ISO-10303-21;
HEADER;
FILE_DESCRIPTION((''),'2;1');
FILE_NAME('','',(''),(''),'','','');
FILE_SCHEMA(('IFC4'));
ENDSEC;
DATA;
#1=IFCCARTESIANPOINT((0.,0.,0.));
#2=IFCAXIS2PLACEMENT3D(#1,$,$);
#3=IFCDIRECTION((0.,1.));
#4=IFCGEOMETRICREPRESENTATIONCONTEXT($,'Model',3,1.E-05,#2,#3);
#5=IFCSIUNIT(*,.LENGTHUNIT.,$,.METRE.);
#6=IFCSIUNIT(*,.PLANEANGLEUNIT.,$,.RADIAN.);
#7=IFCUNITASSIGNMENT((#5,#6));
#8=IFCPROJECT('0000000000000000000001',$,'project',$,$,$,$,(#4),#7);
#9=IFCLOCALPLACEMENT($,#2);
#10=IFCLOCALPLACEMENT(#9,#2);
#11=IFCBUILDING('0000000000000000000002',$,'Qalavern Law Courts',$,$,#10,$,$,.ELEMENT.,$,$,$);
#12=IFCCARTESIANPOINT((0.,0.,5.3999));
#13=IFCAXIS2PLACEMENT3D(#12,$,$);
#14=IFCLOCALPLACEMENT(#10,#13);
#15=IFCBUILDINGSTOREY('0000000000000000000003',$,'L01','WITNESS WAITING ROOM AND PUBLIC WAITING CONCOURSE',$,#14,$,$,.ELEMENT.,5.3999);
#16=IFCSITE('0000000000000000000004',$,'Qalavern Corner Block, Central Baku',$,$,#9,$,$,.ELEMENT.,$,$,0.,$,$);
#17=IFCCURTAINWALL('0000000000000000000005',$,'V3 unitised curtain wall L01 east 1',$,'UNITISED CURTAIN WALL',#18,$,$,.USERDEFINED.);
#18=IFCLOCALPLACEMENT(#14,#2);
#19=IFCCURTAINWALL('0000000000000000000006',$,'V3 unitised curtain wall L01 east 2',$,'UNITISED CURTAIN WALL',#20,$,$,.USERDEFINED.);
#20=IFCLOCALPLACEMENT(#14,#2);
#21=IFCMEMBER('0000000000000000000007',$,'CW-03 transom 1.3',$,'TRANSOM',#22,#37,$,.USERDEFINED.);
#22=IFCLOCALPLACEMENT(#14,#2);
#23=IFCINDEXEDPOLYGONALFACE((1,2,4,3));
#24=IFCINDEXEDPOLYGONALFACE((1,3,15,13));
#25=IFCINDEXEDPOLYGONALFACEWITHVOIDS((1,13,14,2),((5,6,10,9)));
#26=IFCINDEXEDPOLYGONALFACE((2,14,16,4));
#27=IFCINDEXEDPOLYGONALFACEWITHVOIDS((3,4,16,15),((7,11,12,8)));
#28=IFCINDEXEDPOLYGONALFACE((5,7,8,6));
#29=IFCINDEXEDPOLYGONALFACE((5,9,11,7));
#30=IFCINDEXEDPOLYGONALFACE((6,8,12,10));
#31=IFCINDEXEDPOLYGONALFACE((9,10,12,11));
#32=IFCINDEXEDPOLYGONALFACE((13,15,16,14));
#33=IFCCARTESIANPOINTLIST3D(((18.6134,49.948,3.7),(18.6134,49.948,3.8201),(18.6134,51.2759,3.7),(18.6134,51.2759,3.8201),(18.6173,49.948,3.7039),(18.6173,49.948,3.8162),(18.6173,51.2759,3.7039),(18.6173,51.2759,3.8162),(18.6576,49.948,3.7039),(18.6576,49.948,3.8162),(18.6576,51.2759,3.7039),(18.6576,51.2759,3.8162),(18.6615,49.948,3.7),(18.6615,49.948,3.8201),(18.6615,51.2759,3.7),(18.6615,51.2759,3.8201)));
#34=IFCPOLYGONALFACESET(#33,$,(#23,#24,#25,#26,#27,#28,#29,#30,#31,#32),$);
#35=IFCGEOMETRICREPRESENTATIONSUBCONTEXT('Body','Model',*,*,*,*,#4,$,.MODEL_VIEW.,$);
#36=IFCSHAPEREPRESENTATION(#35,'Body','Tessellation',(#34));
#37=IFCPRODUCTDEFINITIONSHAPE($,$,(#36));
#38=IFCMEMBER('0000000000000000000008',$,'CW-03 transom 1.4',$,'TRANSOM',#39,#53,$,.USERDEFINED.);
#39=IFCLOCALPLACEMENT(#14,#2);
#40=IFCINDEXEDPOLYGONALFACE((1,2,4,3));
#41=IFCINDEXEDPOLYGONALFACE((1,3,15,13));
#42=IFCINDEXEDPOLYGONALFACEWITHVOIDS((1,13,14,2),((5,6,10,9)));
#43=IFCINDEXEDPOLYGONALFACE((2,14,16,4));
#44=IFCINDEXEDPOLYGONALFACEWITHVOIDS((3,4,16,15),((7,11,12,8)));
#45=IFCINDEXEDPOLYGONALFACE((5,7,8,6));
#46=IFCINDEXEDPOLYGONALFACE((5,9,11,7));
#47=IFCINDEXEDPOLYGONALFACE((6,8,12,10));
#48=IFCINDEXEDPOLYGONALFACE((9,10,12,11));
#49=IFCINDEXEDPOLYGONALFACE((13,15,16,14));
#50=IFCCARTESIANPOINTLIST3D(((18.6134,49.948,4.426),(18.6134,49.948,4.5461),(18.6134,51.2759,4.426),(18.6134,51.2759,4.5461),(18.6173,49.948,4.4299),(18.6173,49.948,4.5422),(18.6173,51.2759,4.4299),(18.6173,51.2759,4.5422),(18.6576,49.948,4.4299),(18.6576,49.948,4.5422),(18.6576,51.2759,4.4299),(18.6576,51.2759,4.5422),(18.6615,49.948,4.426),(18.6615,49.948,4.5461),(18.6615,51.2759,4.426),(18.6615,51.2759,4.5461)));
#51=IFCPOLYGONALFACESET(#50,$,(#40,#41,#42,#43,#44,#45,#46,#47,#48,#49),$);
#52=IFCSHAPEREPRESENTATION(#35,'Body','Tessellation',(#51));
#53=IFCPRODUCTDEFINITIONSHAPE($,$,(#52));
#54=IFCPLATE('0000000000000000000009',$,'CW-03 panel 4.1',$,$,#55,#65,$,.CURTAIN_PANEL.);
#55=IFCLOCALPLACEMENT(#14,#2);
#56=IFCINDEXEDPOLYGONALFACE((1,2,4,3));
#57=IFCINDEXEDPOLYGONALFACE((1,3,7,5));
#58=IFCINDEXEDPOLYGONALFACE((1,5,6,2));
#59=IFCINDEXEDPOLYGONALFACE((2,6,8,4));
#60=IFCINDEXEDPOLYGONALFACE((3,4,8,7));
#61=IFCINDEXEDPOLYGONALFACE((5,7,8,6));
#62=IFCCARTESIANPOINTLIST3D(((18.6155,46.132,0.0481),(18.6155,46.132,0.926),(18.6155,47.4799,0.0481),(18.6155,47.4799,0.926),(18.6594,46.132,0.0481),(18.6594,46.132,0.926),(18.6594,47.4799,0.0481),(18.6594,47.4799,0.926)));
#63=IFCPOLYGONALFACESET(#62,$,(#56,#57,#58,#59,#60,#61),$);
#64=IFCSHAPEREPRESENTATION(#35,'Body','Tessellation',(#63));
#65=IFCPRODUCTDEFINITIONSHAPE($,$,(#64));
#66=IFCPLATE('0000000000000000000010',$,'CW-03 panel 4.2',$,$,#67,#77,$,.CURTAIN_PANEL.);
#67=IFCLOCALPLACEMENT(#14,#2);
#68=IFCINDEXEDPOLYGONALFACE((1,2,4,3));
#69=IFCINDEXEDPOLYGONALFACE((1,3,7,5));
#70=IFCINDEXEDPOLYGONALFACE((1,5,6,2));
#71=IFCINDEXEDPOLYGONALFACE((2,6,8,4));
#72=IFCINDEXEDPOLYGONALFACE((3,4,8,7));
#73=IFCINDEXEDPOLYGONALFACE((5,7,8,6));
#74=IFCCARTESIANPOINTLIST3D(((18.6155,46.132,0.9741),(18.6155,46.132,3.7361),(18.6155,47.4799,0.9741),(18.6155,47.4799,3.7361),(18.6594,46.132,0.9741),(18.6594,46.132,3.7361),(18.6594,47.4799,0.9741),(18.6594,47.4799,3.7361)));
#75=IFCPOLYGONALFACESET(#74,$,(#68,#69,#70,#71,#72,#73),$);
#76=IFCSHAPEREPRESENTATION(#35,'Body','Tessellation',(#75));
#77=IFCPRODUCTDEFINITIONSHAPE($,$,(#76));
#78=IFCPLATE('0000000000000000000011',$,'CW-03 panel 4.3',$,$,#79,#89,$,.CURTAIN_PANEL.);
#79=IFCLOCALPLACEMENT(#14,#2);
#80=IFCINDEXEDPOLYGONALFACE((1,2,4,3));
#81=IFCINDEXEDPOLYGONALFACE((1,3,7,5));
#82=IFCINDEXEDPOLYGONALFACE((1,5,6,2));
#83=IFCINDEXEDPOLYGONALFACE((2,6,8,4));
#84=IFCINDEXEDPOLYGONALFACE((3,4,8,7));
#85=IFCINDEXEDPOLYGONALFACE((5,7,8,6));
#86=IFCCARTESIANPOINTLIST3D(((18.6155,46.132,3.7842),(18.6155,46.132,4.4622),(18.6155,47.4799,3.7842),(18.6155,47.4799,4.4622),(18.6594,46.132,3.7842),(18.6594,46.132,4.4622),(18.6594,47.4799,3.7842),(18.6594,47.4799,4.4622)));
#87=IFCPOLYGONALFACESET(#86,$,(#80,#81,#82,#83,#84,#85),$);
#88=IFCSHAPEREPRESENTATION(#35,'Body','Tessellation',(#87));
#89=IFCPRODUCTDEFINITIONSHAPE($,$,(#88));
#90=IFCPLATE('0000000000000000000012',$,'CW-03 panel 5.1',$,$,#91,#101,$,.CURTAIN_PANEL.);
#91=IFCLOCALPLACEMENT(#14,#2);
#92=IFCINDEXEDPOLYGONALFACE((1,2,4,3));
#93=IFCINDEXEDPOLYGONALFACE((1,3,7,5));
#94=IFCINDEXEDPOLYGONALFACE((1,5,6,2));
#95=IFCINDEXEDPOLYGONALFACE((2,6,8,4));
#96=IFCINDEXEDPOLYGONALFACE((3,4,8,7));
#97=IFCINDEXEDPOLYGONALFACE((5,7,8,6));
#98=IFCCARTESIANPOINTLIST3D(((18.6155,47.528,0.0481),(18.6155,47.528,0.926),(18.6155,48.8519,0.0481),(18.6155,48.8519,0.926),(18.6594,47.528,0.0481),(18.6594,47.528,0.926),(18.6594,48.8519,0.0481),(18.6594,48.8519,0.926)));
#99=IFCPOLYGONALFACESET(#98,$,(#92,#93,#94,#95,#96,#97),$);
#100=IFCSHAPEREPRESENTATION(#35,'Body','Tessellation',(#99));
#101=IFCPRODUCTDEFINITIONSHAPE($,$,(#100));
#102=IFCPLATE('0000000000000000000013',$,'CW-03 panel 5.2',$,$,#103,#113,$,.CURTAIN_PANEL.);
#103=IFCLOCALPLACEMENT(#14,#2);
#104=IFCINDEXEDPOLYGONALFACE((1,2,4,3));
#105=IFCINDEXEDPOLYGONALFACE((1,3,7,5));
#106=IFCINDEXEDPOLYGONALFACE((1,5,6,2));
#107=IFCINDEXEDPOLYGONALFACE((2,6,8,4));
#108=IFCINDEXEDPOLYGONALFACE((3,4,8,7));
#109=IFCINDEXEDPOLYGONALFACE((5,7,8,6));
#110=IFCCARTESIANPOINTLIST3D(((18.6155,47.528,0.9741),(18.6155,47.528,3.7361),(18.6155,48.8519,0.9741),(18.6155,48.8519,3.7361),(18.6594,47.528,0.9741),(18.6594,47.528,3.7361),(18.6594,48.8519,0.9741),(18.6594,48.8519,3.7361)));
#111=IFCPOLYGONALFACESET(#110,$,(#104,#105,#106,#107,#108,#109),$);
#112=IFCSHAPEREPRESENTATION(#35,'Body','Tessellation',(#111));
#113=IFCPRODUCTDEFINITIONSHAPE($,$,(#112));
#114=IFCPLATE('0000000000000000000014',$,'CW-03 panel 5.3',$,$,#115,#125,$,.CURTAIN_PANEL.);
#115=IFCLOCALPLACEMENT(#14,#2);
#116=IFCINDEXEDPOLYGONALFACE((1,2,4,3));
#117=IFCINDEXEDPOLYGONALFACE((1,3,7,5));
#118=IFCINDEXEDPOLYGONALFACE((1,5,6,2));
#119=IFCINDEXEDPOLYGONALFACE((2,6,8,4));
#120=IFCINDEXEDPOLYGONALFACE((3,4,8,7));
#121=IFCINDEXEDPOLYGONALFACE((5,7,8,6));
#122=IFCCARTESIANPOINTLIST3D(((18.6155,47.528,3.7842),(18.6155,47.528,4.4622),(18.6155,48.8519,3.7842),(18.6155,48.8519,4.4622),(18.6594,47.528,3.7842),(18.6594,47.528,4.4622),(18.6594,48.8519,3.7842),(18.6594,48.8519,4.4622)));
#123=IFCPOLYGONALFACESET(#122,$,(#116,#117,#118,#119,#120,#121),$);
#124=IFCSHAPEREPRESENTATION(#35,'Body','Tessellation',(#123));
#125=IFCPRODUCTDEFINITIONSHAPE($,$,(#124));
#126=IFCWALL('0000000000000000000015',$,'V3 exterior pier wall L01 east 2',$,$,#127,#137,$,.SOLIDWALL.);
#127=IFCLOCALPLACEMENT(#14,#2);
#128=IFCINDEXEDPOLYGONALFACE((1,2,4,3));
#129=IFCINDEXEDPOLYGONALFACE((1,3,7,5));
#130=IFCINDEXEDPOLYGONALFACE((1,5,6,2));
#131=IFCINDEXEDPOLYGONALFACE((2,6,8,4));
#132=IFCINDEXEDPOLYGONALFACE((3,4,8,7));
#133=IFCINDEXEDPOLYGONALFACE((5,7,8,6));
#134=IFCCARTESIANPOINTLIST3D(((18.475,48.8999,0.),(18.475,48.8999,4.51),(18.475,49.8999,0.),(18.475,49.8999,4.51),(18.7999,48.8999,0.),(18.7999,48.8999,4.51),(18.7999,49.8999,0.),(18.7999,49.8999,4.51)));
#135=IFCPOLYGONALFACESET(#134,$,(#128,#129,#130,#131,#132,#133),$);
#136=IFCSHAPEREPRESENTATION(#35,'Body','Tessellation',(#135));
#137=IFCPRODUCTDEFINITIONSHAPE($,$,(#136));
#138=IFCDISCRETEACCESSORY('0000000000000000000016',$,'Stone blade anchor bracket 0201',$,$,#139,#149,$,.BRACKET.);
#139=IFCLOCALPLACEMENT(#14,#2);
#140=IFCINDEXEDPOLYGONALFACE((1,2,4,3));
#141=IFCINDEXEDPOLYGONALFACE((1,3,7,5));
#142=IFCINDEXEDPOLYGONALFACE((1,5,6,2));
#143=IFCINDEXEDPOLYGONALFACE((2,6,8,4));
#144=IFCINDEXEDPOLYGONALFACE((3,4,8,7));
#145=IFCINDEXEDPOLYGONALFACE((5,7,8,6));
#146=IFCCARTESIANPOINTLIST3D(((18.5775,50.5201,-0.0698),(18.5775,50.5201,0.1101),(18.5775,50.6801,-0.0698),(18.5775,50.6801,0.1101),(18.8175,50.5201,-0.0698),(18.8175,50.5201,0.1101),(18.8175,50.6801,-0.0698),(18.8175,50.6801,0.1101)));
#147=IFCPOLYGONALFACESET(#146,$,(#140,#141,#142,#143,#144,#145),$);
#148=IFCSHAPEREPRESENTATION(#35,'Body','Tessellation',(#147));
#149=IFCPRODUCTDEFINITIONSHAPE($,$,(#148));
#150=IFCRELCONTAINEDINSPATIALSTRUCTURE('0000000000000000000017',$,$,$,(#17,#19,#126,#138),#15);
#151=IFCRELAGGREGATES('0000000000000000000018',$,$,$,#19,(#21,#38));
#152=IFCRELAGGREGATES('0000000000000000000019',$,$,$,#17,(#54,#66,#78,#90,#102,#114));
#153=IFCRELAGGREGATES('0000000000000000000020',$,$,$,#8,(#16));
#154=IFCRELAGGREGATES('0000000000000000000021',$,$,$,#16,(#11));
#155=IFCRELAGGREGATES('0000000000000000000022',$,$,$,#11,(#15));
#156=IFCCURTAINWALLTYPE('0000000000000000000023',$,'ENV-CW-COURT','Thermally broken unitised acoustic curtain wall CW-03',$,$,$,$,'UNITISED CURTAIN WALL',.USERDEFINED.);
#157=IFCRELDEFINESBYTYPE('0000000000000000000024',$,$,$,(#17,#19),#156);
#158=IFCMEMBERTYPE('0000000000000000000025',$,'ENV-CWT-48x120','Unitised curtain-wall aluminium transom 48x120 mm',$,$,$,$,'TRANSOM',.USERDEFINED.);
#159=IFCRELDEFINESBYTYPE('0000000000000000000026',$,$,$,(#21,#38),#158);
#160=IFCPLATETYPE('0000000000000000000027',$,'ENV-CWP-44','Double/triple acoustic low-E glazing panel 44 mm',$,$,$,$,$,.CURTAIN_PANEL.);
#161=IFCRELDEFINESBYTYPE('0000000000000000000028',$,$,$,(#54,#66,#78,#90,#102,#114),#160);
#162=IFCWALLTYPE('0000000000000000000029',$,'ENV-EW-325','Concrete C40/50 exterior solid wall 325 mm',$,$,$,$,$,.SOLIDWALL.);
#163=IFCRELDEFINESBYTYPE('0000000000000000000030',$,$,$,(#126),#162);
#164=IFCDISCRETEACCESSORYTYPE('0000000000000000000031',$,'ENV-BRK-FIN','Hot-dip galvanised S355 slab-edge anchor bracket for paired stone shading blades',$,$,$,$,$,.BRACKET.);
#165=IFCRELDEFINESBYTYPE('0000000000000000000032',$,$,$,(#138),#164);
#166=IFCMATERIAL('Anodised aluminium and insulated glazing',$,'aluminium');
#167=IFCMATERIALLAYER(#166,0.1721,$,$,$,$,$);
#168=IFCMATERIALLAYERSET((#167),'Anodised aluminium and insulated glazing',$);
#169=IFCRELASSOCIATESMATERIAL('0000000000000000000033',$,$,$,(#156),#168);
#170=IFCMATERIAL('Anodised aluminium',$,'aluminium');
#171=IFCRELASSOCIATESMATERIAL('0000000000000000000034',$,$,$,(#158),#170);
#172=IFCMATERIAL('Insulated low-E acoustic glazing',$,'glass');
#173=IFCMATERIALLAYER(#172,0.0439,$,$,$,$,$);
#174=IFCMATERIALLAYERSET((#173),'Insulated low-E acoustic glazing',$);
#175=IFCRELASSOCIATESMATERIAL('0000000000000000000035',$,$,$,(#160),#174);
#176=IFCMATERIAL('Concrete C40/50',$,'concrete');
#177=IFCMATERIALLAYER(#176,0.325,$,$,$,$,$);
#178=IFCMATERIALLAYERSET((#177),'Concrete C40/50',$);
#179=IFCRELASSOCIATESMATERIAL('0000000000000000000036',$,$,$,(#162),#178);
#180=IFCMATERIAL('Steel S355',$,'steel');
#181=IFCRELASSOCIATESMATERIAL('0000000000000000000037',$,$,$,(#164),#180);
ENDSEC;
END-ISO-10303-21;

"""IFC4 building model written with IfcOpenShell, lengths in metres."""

from ifc_helpers import new_model, si_unit, direction, frame, frame_2d, origin, origin_2d, place, context, subcontext, project, spatial, rectangle, hollow_rectangle, extrude, material, layer, layer_set, material_profile, profile_set, type_object, element, aggregate, save


model = new_model("IFC4")

# Units and contexts
model_context = context("Model", 3, precision=1e-05, world=origin(), true_north=direction((0.0, 1.0)))
body_context = subcontext(model_context, "Body", "Model", "MODEL_VIEW")
ifc_project = project(units=[si_unit("LENGTHUNIT", "METRE"), si_unit("PLANEANGLEUNIT", "RADIAN")], contexts=[model_context])

# Site, building, storey
site_placement = place(None, origin())
site = spatial("IfcSite", under=ifc_project, at=site_placement, Name="Qalavern Corner Block, Central Baku", CompositionType="ELEMENT", RefElevation=0.0)
building_placement = place(site_placement, origin())
building = spatial("IfcBuilding", under=site, at=building_placement, Name="Qalavern Law Courts", CompositionType="ELEMENT")
storey_placement = place(building_placement, frame((0.0, 0.0, 5.3999)))
storey = spatial("IfcBuildingStorey", under=building, at=storey_placement, Name="L01", Description="WITNESS WAITING ROOM AND PUBLIC WAITING CONCOURSE", CompositionType="ELEMENT", Elevation=5.3999)

# Curtain wall
ifc_material_1 = material(Name="Anodised aluminium and insulated glazing", Category="aluminium")
ifc_layer_1 = layer(ifc_material_1, 0.1721)
ifc_layer_set_1 = layer_set([ifc_layer_1], Name="Anodised aluminium and insulated glazing")
curtain_wall_type = type_object("IfcCurtainWallType", Name="ENV-CW-COURT", Description="Thermally broken unitised acoustic curtain wall CW-03", ElementType="UNITISED CURTAIN WALL", PredefinedType="USERDEFINED", material=ifc_layer_set_1)
curtain_wall_1_placement = place(storey_placement, origin())
curtain_wall_1 = element("IfcCurtainWall", 1, at=curtain_wall_1_placement, inside=storey, type_object=curtain_wall_type, Name="V3 unitised curtain wall L01 east 1", ObjectType="UNITISED CURTAIN WALL", PredefinedType="USERDEFINED")
ifc_material_2 = material(Name="Anodised aluminium", Category="aluminium")

# Curtain wall
curtain_wall_2_placement = place(storey_placement, origin())
curtain_wall_2 = element("IfcCurtainWall", 2, at=curtain_wall_2_placement, inside=storey, type_object=curtain_wall_type, Name="V3 unitised curtain wall L01 east 2", ObjectType="UNITISED CURTAIN WALL", PredefinedType="USERDEFINED")

# Members
ifc_material_profile_1 = material_profile(ifc_material_2, hollow_rectangle(XDim=0.0481, YDim=0.1201, WallThickness=0.0039, at=origin_2d()), Name="ALU TRANSOM 48x120")
ifc_profile_set_1 = profile_set([ifc_material_profile_1], Name="Anodised aluminium")
member_type_1 = type_object("IfcMemberType", Name="ENV-CWT-48x120", Description="Unitised curtain-wall aluminium transom 48x120 mm", ElementType="TRANSOM", PredefinedType="USERDEFINED", material=ifc_profile_set_1)
member_1_placement = place(storey_placement, frame((18.6375, 49.948, 3.76), z_axis=(0.0, 1.0, 0.0), x_axis=(-1.0, 0.0, 0.0)))
member_1 = element("IfcMember", 3, at=member_1_placement, type_object=member_type_1, Name="CW-03 transom 1.3", ObjectType="TRANSOM", PredefinedType="USERDEFINED", context=body_context, shape_type="SweptSolid", body=[
    extrude(hollow_rectangle(XDim=0.0481, YDim=0.1201, WallThickness=0.0039, at=origin_2d()), origin(), (0.0, 0.0, 1.0), 1.3279),
])
member_2_placement = place(storey_placement, frame((18.6375, 49.948, 4.4861), z_axis=(0.0, 1.0, 0.0), x_axis=(-1.0, 0.0, 0.0)))
member_2 = element("IfcMember", 4, at=member_2_placement, type_object=member_type_1, Name="CW-03 transom 1.4", ObjectType="TRANSOM", PredefinedType="USERDEFINED", context=body_context, shape_type="SweptSolid", body=[
    extrude(hollow_rectangle(XDim=0.0481, YDim=0.1201, WallThickness=0.0039, at=origin_2d()), origin(), (0.0, 0.0, 1.0), 1.3279),
])
aggregate(curtain_wall_2, [member_1, member_2])

# Plates
ifc_material_3 = material(Name="Insulated low-E acoustic glazing", Category="glass")
ifc_layer_2 = layer(ifc_material_3, 0.0439)
ifc_layer_set_2 = layer_set([ifc_layer_2], Name="Insulated low-E acoustic glazing")
plate_type = type_object("IfcPlateType", Name="ENV-CWP-44", Description="Double/triple acoustic low-E glazing panel 44 mm", PredefinedType="CURTAIN_PANEL", material=ifc_layer_set_2)
plate_1_placement = place(storey_placement, frame((18.6375, 46.8059, 0.0481), z_axis=(0.0, 0.0, 1.0), x_axis=(0.0, 1.0, 0.0)))
plate_1 = element("IfcPlate", 5, at=plate_1_placement, type_object=plate_type, Name="CW-03 panel 4.1", PredefinedType="CURTAIN_PANEL", context=body_context, shape_type="SweptSolid", body=[
    extrude(rectangle(XDim=1.3479, YDim=0.0439, at=origin_2d()), origin(), (0.0, 0.0, 1.0), 0.8779),
])
plate_2_placement = place(storey_placement, frame((18.6375, 46.8059, 0.9741), z_axis=(0.0, 0.0, 1.0), x_axis=(0.0, 1.0, 0.0)))
plate_2 = element("IfcPlate", 6, at=plate_2_placement, type_object=plate_type, Name="CW-03 panel 4.2", PredefinedType="CURTAIN_PANEL", context=body_context, shape_type="SweptSolid", body=[
    extrude(rectangle(XDim=1.3479, YDim=0.0439, at=origin_2d()), origin(), (0.0, 0.0, 1.0), 2.762),
])
plate_3_placement = place(storey_placement, frame((18.6375, 46.8059, 3.7842), z_axis=(0.0, 0.0, 1.0), x_axis=(0.0, 1.0, 0.0)))
plate_3 = element("IfcPlate", 7, at=plate_3_placement, type_object=plate_type, Name="CW-03 panel 4.3", PredefinedType="CURTAIN_PANEL", context=body_context, shape_type="SweptSolid", body=[
    extrude(rectangle(XDim=1.3479, YDim=0.0439, at=origin_2d()), origin(), (0.0, 0.0, 1.0), 0.678),
])
plate_4_placement = place(storey_placement, frame((18.6375, 48.1899, 0.0481), z_axis=(0.0, 0.0, 1.0), x_axis=(0.0, 1.0, 0.0)))
plate_4 = element("IfcPlate", 8, at=plate_4_placement, type_object=plate_type, Name="CW-03 panel 5.1", PredefinedType="CURTAIN_PANEL", context=body_context, shape_type="SweptSolid", body=[
    extrude(rectangle(XDim=1.324, YDim=0.0439, at=origin_2d()), origin(), (0.0, 0.0, 1.0), 0.8779),
])
plate_5_placement = place(storey_placement, frame((18.6375, 48.1899, 0.9741), z_axis=(0.0, 0.0, 1.0), x_axis=(0.0, 1.0, 0.0)))
plate_5 = element("IfcPlate", 9, at=plate_5_placement, type_object=plate_type, Name="CW-03 panel 5.2", PredefinedType="CURTAIN_PANEL", context=body_context, shape_type="SweptSolid", body=[
    extrude(rectangle(XDim=1.324, YDim=0.0439, at=origin_2d()), origin(), (0.0, 0.0, 1.0), 2.762),
])
plate_6_placement = place(storey_placement, frame((18.6375, 48.1899, 3.7842), z_axis=(0.0, 0.0, 1.0), x_axis=(0.0, 1.0, 0.0)))
plate_6 = element("IfcPlate", 10, at=plate_6_placement, type_object=plate_type, Name="CW-03 panel 5.3", PredefinedType="CURTAIN_PANEL", context=body_context, shape_type="SweptSolid", body=[
    extrude(rectangle(XDim=1.324, YDim=0.0439, at=origin_2d()), origin(), (0.0, 0.0, 1.0), 0.678),
])
aggregate(curtain_wall_1, [plate_1, plate_2, plate_3, plate_4, plate_5, plate_6])

# Wall
ifc_material_4 = material(Name="Concrete C40/50", Category="concrete")
ifc_layer_3 = layer(ifc_material_4, 0.325)
ifc_layer_set_3 = layer_set([ifc_layer_3], Name="Concrete C40/50")
wall_type = type_object("IfcWallType", Name="ENV-EW-325", Description="Concrete C40/50 exterior solid wall 325 mm", PredefinedType="SOLIDWALL", material=ifc_layer_set_3)
wall_placement = place(storey_placement, frame((18.6375, 48.8999, 0.0), z_axis=(0.0, 0.0, 1.0), x_axis=(0.0, 1.0, 0.0)))
element("IfcWall", 11, at=wall_placement, inside=storey, type_object=wall_type, Name="V3 exterior pier wall L01 east 2", PredefinedType="SOLIDWALL", context=body_context, shape_type="SweptSolid", body=[
    extrude(rectangle(XDim=1.0, YDim=0.325, at=frame_2d((0.5, 0.0))), origin(), (0.0, 0.0, 1.0), 4.51),
])

# Discrete accessory
ifc_material_5 = material(Name="Steel S355", Category="steel")
discrete_accessory_type = type_object("IfcDiscreteAccessoryType", Name="ENV-BRK-FIN", Description="Hot-dip galvanised S355 slab-edge anchor bracket for paired stone shading blades", PredefinedType="BRACKET", material=ifc_material_5)
discrete_accessory_placement = place(storey_placement, frame((18.6975, 50.6001, -0.0698), z_axis=(0.0, 0.0, 1.0), x_axis=(1.0, 0.0, 0.0)))
element("IfcDiscreteAccessory", 12, at=discrete_accessory_placement, inside=storey, type_object=discrete_accessory_type, Name="Stone blade anchor bracket 0201", PredefinedType="BRACKET", context=body_context, shape_type="SweptSolid", body=[
    extrude(rectangle(XDim=0.24, YDim=0.1599, at=origin_2d()), origin(), (0.0, 0.0, 1.0), 0.1799),
])

save(model, "model.ifc")
